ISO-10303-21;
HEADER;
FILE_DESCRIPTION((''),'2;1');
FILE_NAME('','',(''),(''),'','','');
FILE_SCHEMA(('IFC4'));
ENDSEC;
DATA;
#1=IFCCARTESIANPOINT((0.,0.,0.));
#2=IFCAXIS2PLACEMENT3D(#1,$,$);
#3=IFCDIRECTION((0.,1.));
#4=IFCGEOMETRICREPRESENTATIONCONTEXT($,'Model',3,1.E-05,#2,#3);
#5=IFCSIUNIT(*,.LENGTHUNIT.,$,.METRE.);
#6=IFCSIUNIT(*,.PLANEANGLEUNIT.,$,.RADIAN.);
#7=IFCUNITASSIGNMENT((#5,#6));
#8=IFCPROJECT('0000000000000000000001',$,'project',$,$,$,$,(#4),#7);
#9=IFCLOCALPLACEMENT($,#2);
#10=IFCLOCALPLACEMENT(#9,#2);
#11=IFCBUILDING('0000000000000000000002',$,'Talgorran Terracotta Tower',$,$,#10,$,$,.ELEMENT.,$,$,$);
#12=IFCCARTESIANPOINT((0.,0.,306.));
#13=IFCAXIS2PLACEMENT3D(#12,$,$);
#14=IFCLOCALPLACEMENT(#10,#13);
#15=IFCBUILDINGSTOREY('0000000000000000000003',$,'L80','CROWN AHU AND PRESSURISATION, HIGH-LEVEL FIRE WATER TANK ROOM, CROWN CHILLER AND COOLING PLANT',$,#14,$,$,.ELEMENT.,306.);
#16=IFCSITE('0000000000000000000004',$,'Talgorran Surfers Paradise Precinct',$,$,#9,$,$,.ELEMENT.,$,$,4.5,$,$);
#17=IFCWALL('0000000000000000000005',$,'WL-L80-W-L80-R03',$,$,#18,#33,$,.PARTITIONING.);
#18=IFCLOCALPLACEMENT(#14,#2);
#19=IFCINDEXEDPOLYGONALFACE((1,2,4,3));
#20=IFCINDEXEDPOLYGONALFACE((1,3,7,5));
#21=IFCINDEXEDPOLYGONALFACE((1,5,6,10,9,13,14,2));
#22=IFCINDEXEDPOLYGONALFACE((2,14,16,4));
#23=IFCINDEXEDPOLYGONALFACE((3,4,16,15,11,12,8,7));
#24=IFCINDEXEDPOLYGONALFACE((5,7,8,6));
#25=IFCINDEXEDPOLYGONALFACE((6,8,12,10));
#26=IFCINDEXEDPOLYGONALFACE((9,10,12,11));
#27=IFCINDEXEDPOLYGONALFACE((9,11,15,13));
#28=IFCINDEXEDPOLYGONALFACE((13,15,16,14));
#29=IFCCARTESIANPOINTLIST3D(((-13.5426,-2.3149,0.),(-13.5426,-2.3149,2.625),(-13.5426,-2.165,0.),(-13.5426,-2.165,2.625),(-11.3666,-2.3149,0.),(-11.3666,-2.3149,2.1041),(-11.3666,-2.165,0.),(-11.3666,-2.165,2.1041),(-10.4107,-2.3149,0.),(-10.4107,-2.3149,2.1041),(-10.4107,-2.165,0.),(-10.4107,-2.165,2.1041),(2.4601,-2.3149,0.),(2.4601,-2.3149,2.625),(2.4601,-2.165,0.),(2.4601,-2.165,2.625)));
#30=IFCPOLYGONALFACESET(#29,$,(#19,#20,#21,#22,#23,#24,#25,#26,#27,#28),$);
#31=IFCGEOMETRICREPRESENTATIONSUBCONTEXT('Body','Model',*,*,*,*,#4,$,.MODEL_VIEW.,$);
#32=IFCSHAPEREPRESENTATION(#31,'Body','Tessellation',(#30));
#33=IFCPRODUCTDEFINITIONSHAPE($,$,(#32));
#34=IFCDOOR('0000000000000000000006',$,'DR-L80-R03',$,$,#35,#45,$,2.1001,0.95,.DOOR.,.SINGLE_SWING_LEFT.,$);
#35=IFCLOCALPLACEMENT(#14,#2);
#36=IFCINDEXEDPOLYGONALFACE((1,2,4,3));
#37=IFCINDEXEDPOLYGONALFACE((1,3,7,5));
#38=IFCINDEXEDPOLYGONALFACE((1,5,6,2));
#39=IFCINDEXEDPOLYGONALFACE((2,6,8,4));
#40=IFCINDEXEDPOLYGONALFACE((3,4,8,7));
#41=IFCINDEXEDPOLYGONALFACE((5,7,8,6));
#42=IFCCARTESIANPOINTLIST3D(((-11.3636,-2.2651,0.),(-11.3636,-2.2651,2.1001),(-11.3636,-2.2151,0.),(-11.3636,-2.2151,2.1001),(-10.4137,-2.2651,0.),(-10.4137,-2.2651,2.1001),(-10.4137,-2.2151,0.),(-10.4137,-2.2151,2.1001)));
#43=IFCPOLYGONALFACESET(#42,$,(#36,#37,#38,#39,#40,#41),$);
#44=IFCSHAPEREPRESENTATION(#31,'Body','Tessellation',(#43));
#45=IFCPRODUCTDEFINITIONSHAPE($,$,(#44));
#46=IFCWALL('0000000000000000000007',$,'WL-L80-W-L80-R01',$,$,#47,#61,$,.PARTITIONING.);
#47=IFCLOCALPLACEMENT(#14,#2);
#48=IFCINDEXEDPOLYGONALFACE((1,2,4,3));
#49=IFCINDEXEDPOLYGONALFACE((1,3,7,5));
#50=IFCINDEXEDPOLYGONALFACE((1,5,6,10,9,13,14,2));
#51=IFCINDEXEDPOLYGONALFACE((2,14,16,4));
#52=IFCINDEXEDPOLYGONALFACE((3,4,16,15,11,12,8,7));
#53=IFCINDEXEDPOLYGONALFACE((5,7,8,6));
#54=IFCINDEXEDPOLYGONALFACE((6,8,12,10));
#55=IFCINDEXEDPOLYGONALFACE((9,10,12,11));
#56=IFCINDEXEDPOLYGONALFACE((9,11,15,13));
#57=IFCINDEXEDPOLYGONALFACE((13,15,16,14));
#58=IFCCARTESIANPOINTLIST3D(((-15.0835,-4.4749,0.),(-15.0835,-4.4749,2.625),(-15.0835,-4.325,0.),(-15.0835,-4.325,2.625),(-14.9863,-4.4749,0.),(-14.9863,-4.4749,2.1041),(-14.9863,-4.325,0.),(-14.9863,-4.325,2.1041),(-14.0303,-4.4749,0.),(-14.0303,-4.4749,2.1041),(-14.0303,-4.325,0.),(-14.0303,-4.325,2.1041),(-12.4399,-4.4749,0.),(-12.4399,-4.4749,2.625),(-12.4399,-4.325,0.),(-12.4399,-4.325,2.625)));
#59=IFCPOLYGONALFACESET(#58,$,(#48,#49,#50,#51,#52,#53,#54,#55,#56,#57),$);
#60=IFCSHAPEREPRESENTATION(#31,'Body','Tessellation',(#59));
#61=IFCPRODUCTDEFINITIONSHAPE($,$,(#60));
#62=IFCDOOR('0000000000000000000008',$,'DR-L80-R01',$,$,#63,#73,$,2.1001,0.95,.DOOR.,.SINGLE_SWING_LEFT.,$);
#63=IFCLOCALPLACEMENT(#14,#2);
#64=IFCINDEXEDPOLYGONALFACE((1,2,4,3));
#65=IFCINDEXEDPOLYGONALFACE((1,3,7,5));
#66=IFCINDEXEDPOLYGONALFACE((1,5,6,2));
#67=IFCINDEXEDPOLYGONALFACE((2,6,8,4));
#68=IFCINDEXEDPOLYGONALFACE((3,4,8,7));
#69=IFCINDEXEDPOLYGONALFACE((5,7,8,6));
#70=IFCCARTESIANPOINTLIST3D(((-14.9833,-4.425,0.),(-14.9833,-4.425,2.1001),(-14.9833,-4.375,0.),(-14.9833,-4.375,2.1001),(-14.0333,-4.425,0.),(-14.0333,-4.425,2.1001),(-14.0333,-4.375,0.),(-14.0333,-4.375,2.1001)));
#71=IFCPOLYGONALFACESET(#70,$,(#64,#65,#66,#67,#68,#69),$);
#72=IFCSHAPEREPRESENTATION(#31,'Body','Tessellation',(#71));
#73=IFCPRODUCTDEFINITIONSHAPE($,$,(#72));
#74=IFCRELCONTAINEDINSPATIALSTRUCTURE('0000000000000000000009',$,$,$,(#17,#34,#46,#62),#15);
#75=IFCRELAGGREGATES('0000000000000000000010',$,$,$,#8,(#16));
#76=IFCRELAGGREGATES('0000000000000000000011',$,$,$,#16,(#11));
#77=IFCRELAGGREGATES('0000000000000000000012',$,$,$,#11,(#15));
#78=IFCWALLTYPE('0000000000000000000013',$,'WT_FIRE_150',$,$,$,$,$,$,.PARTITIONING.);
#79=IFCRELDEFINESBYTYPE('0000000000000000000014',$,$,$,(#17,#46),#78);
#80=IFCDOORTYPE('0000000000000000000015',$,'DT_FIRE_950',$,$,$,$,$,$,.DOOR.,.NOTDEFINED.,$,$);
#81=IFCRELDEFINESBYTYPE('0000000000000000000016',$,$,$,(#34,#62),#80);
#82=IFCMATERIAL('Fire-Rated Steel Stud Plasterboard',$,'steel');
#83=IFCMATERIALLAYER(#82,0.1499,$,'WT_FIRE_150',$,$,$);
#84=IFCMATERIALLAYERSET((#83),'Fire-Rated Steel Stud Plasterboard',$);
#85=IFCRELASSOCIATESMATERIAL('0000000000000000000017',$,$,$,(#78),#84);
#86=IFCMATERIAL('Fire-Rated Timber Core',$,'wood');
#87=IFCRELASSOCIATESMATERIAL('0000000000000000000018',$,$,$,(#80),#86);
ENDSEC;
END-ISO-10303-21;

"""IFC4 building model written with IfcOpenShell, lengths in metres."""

from ifc_helpers import new_model, si_unit, direction, frame, frame_2d, origin, place, context, subcontext, project, spatial, rectangle, extrude, material, layer, layer_set, type_object, element, fill, save


model = new_model("IFC4")

# Units and contexts
model_context = context("Model", 3, precision=1e-05, world=origin(), true_north=direction((0.0, 1.0)))
body_context = subcontext(model_context, "Body", "Model", "MODEL_VIEW")
ifc_project = project(units=[si_unit("LENGTHUNIT", "METRE"), si_unit("PLANEANGLEUNIT", "RADIAN")], contexts=[model_context])

# Site, building, storey
site_placement = place(None, origin())
site = spatial("IfcSite", under=ifc_project, at=site_placement, Name="Talgorran Surfers Paradise Precinct", CompositionType="ELEMENT", RefElevation=4.5)
building_placement = place(site_placement, origin())
building = spatial("IfcBuilding", under=site, at=building_placement, Name="Talgorran Terracotta Tower", CompositionType="ELEMENT")
storey_placement = place(building_placement, frame((0.0, 0.0, 306.0)))
storey = spatial("IfcBuildingStorey", under=building, at=storey_placement, Name="L80", Description="CROWN AHU AND PRESSURISATION, HIGH-LEVEL FIRE WATER TANK ROOM, CROWN CHILLER AND COOLING PLANT", CompositionType="ELEMENT", Elevation=306.0)

# Walls, openings, doors
ifc_material_1 = material(Name="Fire-Rated Steel Stud Plasterboard", Category="steel")
ifc_layer_1 = layer(ifc_material_1, 0.1499, Name="WT_FIRE_150")
ifc_layer_set_1 = layer_set([ifc_layer_1], Name="Fire-Rated Steel Stud Plasterboard")
wall_type_1 = type_object("IfcWallType", Name="WT_FIRE_150", PredefinedType="PARTITIONING", material=ifc_layer_set_1)
wall_1_placement = place(storey_placement, frame((-13.5427, -2.24, 0.0), z_axis=(0.0, 0.0, 1.0), x_axis=(1.0, 0.0, 0.0)))
wall_1 = element("IfcWall", 1, at=wall_1_placement, inside=storey, type_object=wall_type_1, Name="WL-L80-W-L80-R03", PredefinedType="PARTITIONING", context=body_context, shape_type="SweptSolid", body=[
    extrude(rectangle(XDim=16.0027, YDim=0.1499, at=frame_2d((8.0015, 0.0))), origin(), (0.0, 0.0, 1.0), 2.625),
])
opening_1_placement = place(wall_1_placement, frame((2.179, 0.0, 0.0)))
opening_1 = element("IfcOpeningElement", 2, at=opening_1_placement, cuts=wall_1, PredefinedType="OPENING", context=body_context, shape_type="SweptSolid", body=[
    extrude(rectangle(XDim=0.956, YDim=2.1041, at=frame_2d((0.4751, 1.052))), frame((0.0, 0.085, 0.0), z_axis=(0.0, -1.0, 0.0), x_axis=(1.0, 0.0, 0.0)), (0.0, 0.0, 1.0), 0.1699),
])
ifc_material_2 = material(Name="Fire-Rated Timber Core", Category="wood")
door_type_1 = type_object("IfcDoorType", Name="DT_FIRE_950", OperationType="NOTDEFINED", PredefinedType="DOOR", material=ifc_material_2)
door_1_placement = place(opening_1_placement, origin())
door_1 = element("IfcDoor", 3, at=door_1_placement, inside=storey, type_object=door_type_1, Name="DR-L80-R03", OperationType="SINGLE_SWING_LEFT", OverallHeight=2.1001, OverallWidth=0.95, PredefinedType="DOOR", context=body_context, shape_type="SweptSolid", body=[
    extrude(rectangle(XDim=0.95, YDim=2.1001, at=frame_2d((0.4751, 1.05))), frame((0.0, 0.0249, 0.0), z_axis=(0.0, -1.0, 0.0), x_axis=(1.0, 0.0, 0.0)), (0.0, 0.0, 1.0), 0.05),
])
fill(opening_1, door_1)
wall_2_placement = place(storey_placement, frame((-15.0835, -4.3999, 0.0), z_axis=(0.0, 0.0, 1.0), x_axis=(1.0, 0.0, 0.0)))
wall_2 = element("IfcWall", 4, at=wall_2_placement, inside=storey, type_object=wall_type_1, Name="WL-L80-W-L80-R01", PredefinedType="PARTITIONING", context=body_context, shape_type="SweptSolid", body=[
    extrude(rectangle(XDim=2.6436, YDim=0.1499, at=frame_2d((1.3218, 0.0))), origin(), (0.0, 0.0, 1.0), 2.625),
])
opening_2_placement = place(wall_2_placement, frame((0.1001, 0.0, 0.0)))
opening_2 = element("IfcOpeningElement", 5, at=opening_2_placement, cuts=wall_2, PredefinedType="OPENING", context=body_context, shape_type="SweptSolid", body=[
    extrude(rectangle(XDim=0.956, YDim=2.1041, at=frame_2d((0.4751, 1.052))), frame((0.0, 0.085, 0.0), z_axis=(0.0, -1.0, 0.0), x_axis=(1.0, 0.0, 0.0)), (0.0, 0.0, 1.0), 0.1699),
])
door_2_placement = place(opening_2_placement, origin())
door_2 = element("IfcDoor", 6, at=door_2_placement, inside=storey, type_object=door_type_1, Name="DR-L80-R01", OperationType="SINGLE_SWING_LEFT", OverallHeight=2.1001, OverallWidth=0.95, PredefinedType="DOOR", context=body_context, shape_type="SweptSolid", body=[
    extrude(rectangle(XDim=0.95, YDim=2.1001, at=frame_2d((0.4751, 1.05))), frame((0.0, 0.0249, 0.0), z_axis=(0.0, -1.0, 0.0), x_axis=(1.0, 0.0, 0.0)), (0.0, 0.0, 1.0), 0.05),
])
fill(opening_2, door_2)

save(model, "model.ifc")
